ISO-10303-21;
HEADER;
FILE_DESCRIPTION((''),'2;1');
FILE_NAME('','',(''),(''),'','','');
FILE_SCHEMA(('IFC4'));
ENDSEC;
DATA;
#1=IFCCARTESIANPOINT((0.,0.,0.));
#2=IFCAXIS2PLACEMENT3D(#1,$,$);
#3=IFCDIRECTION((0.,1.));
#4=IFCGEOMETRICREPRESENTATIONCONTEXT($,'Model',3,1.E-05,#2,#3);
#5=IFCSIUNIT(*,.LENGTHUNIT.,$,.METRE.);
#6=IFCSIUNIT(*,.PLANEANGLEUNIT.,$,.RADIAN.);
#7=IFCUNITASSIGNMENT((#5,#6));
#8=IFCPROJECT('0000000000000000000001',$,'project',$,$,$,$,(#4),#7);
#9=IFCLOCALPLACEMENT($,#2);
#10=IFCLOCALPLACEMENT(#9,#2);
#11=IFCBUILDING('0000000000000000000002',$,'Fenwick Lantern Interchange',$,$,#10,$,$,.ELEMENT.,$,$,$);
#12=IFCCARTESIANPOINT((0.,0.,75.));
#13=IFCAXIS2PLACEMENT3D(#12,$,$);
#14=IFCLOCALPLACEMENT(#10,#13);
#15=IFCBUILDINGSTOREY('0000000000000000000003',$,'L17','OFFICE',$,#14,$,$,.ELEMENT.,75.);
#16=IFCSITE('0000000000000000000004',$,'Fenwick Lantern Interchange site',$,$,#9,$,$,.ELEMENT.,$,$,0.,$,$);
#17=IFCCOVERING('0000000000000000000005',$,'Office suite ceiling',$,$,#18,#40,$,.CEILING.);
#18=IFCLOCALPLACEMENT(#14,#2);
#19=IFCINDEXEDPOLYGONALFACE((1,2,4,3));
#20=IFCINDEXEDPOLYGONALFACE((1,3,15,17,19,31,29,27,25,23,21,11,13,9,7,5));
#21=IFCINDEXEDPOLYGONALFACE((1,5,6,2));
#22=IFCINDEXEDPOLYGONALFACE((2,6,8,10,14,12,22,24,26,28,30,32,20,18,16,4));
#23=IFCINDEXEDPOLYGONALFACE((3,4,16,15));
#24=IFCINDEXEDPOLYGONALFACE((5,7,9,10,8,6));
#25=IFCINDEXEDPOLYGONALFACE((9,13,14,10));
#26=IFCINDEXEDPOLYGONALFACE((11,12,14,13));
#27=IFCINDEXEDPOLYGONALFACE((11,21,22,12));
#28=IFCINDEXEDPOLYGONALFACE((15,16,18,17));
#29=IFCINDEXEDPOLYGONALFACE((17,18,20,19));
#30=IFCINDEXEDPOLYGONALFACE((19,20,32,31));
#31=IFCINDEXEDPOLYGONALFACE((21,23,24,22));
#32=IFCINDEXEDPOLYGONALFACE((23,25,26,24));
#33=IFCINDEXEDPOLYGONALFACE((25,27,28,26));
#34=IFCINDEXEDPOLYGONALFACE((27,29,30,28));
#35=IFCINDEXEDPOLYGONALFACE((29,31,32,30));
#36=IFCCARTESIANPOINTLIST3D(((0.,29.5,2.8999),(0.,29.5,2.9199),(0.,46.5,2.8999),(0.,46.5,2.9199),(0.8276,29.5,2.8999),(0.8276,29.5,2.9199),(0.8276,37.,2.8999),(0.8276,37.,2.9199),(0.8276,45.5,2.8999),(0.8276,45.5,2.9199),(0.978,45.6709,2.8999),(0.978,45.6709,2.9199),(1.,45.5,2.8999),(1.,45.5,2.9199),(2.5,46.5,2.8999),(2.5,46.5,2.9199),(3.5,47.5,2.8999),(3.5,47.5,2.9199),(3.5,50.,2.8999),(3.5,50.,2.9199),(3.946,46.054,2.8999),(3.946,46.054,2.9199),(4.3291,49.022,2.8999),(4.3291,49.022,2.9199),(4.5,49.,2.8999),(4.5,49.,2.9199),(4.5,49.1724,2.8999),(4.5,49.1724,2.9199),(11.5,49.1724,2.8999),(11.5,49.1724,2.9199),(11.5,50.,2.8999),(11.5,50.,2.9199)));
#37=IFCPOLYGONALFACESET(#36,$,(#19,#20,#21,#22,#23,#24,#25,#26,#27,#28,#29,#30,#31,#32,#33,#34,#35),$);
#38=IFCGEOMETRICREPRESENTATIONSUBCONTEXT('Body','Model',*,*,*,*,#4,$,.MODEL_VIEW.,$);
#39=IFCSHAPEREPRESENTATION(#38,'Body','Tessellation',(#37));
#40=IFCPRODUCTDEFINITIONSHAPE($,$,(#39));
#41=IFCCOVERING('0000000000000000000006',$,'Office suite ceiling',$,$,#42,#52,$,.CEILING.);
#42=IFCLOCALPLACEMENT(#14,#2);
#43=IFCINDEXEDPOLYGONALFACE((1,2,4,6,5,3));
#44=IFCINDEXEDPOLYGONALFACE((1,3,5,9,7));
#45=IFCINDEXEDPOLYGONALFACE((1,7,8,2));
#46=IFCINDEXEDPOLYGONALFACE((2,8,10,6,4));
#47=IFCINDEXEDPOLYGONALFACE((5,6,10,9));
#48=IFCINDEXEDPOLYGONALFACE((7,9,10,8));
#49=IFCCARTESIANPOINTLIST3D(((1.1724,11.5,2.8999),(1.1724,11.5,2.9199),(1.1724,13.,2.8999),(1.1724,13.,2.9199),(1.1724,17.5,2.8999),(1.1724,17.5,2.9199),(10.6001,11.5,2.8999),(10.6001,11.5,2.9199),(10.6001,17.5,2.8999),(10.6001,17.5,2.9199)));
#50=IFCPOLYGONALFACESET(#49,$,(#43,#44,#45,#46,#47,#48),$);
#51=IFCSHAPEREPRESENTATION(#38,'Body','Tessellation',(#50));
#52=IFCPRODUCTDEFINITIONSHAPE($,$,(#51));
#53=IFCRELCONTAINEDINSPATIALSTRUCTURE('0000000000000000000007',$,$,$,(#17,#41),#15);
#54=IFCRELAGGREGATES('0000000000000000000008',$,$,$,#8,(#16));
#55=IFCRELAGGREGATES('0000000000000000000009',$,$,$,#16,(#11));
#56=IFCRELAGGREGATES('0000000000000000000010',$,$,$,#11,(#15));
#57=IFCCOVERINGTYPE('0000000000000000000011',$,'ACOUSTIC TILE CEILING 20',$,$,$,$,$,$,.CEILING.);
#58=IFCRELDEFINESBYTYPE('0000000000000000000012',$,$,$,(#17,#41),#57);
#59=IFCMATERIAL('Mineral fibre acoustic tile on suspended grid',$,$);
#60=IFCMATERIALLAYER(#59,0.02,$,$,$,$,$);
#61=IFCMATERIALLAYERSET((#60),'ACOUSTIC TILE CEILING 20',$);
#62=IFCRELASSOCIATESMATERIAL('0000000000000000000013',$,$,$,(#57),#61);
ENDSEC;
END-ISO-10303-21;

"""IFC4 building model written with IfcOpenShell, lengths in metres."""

from ifc_helpers import new_model, si_unit, direction, frame, origin, place, context, subcontext, project, spatial, polyline, outline, extrude, material, layer, layer_set, type_object, element, save


model = new_model("IFC4")

# Units and contexts
model_context = context("Model", 3, precision=1e-05, world=origin(), true_north=direction((0.0, 1.0)))
body_context = subcontext(model_context, "Body", "Model", "MODEL_VIEW")
ifc_project = project(units=[si_unit("LENGTHUNIT", "METRE"), si_unit("PLANEANGLEUNIT", "RADIAN")], contexts=[model_context])

# Site, building, storey
site_placement = place(None, origin())
site = spatial("IfcSite", under=ifc_project, at=site_placement, Name="Fenwick Lantern Interchange site", CompositionType="ELEMENT", RefElevation=0.0)
building_placement = place(site_placement, origin())
building = spatial("IfcBuilding", under=site, at=building_placement, Name="Fenwick Lantern Interchange", CompositionType="ELEMENT")
storey_placement = place(building_placement, frame((0.0, 0.0, 75.0)))
storey = spatial("IfcBuildingStorey", under=building, at=storey_placement, Name="L17", Description="OFFICE", CompositionType="ELEMENT", Elevation=75.0)

# Coverings
ifc_material = material(Name="Mineral fibre acoustic tile on suspended grid")
ifc_layer = layer(ifc_material, 0.02)
ifc_layer_set = layer_set([ifc_layer], Name="ACOUSTIC TILE CEILING 20")
covering_type = type_object("IfcCoveringType", Name="ACOUSTIC TILE CEILING 20", PredefinedType="CEILING", material=ifc_layer_set)
covering_1_placement = place(storey_placement, frame((0.0, 0.0, 2.8999)))
element("IfcCovering", 1, at=covering_1_placement, inside=storey, type_object=covering_type, Name="Office suite ceiling", PredefinedType="CEILING", context=body_context, shape_type="SweptSolid", body=[
    extrude(outline(polyline([(0.0, 29.5), (0.8276, 29.5), (0.8276, 37.0), (0.8276, 45.5), (1.0, 45.5), (0.978, 45.6709), (3.946, 46.054), (4.3291, 49.022), (4.5, 49.0), (4.5, 49.1724), (11.5, 49.1724), (11.5, 50.0), (3.5, 50.0), (3.5, 47.5), (2.5, 46.5), (0.0, 46.5), (0.0, 29.5)])), origin(), (0.0, 0.0, 1.0), 0.02),
])
covering_2_placement = place(storey_placement, frame((0.0, 0.0, 2.8999)))
element("IfcCovering", 2, at=covering_2_placement, inside=storey, type_object=covering_type, Name="Office suite ceiling", PredefinedType="CEILING", context=body_context, shape_type="SweptSolid", body=[
    extrude(outline(polyline([(10.6001, 17.5), (1.1724, 17.5), (1.1724, 13.0), (1.1724, 11.5), (10.6001, 11.5), (10.6001, 17.5)])), origin(), (0.0, 0.0, 1.0), 0.02),
])

save(model, "model.ifc")
